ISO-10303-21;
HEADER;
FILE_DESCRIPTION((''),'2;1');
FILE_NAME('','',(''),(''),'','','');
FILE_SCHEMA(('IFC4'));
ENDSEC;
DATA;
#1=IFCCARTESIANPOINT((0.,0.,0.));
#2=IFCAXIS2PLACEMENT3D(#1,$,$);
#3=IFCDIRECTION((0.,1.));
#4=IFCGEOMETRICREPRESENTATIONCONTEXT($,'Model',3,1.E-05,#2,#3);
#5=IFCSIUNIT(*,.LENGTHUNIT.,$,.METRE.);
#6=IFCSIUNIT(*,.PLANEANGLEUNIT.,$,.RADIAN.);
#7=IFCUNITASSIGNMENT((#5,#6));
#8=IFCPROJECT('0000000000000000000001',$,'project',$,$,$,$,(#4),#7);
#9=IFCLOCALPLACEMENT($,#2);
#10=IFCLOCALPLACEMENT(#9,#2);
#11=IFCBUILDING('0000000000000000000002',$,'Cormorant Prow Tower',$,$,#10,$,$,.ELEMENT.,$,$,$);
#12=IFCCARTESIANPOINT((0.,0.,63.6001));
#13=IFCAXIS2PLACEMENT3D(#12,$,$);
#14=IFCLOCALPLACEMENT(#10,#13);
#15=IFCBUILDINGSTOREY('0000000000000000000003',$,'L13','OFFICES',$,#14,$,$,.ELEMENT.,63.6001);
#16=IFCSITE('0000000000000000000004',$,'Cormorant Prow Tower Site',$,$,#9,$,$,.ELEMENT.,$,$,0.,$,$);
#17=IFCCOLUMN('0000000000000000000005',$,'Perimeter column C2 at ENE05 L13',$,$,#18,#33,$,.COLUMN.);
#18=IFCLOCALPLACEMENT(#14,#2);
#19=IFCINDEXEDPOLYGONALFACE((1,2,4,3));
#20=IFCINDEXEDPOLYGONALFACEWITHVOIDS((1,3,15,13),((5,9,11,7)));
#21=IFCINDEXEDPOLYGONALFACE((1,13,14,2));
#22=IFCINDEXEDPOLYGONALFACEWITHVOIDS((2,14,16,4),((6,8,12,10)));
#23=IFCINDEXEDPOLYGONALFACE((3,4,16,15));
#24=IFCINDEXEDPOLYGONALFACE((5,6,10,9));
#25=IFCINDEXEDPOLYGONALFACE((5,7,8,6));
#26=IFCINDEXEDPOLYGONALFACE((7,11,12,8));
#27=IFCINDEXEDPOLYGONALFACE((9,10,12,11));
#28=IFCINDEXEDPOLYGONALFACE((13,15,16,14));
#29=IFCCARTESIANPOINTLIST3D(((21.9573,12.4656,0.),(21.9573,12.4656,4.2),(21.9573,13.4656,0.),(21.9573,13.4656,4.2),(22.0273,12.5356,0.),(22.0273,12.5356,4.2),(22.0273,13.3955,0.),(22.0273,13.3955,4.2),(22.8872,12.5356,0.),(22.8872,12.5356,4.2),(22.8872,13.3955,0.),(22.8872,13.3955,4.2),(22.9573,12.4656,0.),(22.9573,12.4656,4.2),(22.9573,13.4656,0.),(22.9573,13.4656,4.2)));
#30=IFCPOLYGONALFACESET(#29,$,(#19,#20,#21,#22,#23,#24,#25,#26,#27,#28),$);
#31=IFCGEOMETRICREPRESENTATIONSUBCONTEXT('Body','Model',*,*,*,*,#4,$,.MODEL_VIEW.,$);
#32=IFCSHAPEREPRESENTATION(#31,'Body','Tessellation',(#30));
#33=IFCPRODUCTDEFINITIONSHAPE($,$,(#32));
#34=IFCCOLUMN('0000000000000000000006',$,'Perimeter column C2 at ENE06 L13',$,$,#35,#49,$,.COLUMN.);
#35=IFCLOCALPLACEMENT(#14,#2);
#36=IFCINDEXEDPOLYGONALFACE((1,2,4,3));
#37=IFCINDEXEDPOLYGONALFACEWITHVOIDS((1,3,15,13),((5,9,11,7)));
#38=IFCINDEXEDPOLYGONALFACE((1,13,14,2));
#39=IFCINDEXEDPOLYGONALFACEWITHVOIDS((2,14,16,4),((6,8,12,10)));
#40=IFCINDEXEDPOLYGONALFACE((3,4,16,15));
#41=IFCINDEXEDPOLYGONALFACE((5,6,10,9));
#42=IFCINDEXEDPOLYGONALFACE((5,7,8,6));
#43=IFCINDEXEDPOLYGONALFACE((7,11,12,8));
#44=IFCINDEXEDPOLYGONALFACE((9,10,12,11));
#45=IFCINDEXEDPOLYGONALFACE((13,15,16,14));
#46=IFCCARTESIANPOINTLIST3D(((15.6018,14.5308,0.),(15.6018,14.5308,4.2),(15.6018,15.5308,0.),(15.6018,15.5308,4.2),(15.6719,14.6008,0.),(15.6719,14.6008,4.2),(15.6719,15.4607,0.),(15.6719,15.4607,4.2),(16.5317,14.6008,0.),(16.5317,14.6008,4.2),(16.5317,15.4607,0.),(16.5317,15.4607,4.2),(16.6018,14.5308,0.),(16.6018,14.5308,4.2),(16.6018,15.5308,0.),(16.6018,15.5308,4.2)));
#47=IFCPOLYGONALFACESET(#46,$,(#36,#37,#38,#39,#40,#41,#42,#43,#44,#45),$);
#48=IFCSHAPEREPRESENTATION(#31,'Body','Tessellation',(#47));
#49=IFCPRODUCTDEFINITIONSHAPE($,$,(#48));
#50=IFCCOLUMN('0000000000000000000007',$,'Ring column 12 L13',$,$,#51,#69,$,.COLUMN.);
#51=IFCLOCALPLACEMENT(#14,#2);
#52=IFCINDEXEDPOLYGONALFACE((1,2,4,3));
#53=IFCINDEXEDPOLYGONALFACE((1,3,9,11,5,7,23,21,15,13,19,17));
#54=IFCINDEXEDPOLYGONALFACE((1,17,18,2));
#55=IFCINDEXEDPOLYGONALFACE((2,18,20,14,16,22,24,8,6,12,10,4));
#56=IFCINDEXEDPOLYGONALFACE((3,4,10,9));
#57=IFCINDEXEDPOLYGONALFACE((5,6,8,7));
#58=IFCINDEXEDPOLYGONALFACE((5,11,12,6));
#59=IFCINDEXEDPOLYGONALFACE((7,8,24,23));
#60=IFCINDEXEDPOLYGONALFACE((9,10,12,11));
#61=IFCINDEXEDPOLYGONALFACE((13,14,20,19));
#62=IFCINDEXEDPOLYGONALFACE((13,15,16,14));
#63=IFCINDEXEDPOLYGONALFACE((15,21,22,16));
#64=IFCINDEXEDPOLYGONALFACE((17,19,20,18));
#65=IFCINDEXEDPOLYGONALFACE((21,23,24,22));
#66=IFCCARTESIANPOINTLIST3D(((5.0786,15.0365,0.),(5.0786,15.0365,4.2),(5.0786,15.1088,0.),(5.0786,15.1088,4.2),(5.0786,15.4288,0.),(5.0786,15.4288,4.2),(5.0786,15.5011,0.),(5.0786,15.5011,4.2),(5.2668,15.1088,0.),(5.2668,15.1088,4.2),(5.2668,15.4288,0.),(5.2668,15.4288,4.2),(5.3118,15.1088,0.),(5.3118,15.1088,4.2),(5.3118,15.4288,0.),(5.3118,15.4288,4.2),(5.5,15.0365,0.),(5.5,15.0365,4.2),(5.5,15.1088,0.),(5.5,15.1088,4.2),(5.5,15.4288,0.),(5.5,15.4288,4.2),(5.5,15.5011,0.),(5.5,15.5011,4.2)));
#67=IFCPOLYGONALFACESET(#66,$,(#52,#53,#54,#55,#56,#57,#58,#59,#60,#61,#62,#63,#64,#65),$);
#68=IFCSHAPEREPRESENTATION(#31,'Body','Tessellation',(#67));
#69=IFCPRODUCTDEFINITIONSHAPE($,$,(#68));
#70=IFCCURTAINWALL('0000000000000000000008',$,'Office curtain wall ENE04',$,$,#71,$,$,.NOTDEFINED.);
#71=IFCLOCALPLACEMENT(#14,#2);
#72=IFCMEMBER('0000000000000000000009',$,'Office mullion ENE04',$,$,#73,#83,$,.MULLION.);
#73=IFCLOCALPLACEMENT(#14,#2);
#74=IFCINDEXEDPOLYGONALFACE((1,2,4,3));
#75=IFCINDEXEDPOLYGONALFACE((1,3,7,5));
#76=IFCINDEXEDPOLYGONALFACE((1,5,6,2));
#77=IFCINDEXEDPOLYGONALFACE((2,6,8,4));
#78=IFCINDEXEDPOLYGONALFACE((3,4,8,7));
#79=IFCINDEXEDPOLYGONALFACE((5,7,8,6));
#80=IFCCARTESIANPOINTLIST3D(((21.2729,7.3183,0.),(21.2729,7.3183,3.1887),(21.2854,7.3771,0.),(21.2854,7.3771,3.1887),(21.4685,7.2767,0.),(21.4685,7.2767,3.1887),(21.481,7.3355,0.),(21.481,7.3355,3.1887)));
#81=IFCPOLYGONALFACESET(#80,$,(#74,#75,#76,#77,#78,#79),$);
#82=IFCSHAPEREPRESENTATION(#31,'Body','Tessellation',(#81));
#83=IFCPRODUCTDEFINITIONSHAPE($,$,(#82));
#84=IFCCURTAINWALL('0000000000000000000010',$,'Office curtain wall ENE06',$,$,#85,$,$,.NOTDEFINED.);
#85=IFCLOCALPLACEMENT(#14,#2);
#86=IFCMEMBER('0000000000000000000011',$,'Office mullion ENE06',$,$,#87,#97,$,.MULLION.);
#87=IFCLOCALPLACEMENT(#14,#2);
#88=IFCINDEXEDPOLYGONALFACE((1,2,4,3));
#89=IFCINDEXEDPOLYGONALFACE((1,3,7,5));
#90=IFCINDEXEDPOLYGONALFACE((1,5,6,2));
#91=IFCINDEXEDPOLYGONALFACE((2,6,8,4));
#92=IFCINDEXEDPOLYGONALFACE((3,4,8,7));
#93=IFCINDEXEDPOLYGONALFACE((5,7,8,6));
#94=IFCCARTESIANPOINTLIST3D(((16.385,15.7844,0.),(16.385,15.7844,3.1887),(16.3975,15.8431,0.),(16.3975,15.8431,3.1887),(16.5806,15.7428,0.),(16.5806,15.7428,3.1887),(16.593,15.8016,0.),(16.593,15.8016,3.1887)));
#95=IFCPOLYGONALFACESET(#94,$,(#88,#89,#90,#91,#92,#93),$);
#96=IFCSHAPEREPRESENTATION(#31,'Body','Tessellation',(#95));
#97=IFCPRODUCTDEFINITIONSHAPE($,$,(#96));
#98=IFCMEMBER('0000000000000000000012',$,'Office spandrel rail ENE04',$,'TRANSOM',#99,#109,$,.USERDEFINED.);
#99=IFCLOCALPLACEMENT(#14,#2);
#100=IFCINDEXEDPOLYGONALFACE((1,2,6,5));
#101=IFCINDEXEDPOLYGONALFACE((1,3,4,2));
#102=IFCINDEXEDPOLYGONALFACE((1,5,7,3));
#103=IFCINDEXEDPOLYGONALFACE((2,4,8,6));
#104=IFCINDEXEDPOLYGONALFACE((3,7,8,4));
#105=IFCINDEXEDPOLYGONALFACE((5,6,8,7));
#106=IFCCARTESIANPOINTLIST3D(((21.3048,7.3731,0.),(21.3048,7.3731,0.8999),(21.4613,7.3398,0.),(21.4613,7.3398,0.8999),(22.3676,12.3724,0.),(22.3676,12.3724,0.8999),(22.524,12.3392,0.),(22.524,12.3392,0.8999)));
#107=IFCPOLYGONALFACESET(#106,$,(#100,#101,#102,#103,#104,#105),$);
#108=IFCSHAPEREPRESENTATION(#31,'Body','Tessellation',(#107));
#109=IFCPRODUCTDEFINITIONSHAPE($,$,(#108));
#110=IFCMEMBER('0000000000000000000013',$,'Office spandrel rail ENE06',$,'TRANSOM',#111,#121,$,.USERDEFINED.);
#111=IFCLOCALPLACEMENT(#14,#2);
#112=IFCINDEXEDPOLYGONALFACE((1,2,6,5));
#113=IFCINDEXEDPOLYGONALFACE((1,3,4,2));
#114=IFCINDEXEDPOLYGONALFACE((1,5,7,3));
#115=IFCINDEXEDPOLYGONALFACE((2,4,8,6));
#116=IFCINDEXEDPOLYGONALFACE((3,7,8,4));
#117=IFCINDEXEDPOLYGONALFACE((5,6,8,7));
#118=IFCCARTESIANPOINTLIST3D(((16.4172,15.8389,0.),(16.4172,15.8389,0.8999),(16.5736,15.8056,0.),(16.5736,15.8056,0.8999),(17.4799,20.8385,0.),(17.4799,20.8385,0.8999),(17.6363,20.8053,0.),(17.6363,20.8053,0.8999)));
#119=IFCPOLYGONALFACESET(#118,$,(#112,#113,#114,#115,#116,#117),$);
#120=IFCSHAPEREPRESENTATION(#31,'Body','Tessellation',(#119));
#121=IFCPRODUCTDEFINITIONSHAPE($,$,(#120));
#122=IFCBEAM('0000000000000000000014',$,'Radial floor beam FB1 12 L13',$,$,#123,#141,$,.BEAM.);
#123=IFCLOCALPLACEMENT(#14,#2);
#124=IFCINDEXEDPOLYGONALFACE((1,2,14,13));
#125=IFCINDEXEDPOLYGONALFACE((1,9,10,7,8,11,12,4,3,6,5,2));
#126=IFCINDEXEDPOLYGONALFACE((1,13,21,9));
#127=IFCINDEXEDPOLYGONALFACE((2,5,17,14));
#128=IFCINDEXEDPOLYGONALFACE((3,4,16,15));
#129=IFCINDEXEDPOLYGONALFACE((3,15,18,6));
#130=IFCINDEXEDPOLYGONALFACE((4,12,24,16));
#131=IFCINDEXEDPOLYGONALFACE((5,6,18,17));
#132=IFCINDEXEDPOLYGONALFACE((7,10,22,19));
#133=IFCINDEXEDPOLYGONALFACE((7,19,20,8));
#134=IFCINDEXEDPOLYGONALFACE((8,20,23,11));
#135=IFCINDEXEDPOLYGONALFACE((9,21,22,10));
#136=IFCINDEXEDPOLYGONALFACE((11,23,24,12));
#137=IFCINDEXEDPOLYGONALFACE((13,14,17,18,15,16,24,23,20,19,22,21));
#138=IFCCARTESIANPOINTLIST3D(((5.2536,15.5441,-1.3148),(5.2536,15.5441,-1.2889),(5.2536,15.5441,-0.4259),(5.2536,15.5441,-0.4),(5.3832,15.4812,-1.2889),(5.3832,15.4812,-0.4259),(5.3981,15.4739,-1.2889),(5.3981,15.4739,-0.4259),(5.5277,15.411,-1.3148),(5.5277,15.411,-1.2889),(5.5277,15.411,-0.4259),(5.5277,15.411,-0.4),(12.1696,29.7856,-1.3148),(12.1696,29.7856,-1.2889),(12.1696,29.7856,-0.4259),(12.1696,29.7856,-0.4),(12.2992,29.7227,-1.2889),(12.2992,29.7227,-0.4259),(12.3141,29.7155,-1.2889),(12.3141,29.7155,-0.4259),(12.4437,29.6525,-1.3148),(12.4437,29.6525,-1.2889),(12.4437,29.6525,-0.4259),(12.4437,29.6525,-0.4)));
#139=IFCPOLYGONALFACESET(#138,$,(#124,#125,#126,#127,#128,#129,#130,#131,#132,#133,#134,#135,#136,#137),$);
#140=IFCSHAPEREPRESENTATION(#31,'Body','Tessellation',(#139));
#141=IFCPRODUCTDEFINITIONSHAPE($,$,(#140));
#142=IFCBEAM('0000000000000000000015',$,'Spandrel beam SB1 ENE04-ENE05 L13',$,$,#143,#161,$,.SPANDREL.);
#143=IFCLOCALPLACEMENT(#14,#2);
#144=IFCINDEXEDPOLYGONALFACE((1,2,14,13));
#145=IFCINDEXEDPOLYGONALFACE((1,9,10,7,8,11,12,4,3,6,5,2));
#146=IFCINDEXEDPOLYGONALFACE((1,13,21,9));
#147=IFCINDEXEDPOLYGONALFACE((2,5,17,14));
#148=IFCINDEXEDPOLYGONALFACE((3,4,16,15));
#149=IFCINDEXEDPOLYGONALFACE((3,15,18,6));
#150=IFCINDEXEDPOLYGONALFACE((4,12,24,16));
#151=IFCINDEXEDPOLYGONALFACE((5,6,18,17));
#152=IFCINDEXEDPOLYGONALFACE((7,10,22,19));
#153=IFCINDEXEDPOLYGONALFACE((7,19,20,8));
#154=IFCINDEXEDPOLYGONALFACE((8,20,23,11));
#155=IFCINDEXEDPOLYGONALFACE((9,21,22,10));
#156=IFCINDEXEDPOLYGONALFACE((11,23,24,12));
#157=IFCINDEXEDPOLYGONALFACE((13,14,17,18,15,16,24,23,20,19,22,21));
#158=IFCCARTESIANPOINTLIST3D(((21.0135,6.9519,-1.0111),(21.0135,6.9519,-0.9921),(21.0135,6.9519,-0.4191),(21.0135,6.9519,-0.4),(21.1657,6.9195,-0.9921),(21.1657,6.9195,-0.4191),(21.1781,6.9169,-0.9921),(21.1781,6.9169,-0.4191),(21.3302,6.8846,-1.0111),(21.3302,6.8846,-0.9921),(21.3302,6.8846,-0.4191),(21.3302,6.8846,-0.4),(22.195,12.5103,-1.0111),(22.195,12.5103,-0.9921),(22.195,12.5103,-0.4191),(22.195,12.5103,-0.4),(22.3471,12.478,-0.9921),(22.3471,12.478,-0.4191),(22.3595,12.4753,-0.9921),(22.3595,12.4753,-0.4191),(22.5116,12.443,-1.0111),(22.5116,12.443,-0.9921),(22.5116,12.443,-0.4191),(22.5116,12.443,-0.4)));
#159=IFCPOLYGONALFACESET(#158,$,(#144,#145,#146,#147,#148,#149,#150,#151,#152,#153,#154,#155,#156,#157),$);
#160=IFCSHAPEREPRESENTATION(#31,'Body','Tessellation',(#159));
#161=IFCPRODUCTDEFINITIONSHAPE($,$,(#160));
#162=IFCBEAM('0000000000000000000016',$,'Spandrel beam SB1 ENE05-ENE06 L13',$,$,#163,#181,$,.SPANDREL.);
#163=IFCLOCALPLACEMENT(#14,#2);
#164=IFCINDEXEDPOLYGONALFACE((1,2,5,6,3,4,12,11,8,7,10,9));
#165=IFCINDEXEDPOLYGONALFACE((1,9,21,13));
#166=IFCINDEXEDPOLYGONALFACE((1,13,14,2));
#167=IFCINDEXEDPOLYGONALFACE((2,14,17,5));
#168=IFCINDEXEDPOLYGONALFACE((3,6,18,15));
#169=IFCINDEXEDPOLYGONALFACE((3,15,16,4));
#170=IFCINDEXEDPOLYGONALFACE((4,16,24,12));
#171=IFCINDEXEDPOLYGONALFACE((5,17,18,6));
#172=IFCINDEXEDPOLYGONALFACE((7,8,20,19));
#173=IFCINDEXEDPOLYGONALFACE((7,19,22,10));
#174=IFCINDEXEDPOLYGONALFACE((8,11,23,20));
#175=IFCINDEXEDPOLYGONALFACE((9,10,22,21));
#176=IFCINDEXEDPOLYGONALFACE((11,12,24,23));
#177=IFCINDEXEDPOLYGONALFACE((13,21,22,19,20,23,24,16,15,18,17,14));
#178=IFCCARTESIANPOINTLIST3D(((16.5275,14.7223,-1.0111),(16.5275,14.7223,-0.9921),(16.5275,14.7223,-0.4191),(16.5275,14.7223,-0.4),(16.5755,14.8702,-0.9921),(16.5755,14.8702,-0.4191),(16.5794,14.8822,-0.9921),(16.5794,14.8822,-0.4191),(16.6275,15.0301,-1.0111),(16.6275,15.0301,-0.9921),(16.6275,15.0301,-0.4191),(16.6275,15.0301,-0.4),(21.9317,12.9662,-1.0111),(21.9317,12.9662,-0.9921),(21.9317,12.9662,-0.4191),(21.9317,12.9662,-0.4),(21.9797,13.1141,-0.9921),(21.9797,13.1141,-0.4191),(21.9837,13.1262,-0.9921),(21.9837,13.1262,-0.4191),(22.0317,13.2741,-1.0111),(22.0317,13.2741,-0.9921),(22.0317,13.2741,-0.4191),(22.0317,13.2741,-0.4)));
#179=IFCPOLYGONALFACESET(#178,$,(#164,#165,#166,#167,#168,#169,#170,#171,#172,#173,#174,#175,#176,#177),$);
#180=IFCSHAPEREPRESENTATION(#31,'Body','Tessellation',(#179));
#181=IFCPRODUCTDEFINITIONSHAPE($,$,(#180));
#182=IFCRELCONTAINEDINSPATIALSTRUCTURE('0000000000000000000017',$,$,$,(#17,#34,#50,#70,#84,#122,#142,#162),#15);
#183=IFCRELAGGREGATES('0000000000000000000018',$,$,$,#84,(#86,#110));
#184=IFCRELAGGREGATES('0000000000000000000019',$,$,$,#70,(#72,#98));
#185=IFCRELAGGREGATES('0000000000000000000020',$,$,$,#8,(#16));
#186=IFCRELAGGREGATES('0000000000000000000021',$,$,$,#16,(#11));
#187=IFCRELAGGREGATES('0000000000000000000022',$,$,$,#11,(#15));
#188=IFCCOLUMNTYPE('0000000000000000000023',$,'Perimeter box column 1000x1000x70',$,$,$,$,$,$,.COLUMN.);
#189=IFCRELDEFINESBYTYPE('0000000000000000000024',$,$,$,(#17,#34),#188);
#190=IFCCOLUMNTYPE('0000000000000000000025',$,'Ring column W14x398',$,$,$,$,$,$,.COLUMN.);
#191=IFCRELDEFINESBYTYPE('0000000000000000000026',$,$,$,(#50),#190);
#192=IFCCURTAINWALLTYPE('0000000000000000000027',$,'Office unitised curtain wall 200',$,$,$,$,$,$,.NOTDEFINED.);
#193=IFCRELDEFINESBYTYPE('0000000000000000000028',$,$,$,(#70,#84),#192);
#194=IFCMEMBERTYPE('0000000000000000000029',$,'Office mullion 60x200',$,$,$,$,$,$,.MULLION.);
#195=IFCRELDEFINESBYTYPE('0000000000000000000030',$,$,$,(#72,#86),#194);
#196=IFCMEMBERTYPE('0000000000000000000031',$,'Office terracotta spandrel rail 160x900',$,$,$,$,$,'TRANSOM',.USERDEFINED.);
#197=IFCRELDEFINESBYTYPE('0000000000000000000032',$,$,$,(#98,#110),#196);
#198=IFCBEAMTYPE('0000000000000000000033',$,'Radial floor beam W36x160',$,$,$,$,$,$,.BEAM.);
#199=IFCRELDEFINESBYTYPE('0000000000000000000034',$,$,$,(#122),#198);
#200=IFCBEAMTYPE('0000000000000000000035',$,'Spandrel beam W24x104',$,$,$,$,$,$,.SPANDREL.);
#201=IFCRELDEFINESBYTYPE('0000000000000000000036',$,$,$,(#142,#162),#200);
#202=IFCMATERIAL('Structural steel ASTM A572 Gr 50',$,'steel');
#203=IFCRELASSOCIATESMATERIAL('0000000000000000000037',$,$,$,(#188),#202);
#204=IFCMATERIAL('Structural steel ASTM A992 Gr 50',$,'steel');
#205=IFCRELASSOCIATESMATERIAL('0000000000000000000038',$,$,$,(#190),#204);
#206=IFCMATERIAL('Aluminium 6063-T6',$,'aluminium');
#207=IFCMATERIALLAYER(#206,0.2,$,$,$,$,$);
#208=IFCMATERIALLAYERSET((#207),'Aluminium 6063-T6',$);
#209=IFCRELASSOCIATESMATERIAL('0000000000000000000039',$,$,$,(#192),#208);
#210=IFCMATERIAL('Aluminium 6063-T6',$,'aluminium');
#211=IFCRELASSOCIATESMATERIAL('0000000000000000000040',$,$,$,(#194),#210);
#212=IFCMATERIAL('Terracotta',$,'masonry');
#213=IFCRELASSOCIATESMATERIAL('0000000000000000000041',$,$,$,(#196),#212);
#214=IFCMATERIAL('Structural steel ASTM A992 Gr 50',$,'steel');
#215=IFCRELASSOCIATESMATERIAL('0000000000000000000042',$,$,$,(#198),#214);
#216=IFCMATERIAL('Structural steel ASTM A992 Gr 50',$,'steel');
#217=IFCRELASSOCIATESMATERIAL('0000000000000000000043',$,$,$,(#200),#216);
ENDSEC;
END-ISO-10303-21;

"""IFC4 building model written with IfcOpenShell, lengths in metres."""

from ifc_helpers import new_model, si_unit, direction, frame, origin, origin_2d, place, context, subcontext, project, spatial, rectangle, hollow_rectangle, i_section, extrude, material, layer, layer_set, material_profile, profile_set, type_object, element, aggregate, save


model = new_model("IFC4")

# Units and contexts
model_context = context("Model", 3, precision=1e-05, world=origin(), true_north=direction((0.0, 1.0)))
body_context = subcontext(model_context, "Body", "Model", "MODEL_VIEW")
ifc_project = project(units=[si_unit("LENGTHUNIT", "METRE"), si_unit("PLANEANGLEUNIT", "RADIAN")], contexts=[model_context])

# Site, building, storey
site_placement = place(None, origin())
site = spatial("IfcSite", under=ifc_project, at=site_placement, Name="Cormorant Prow Tower Site", CompositionType="ELEMENT", RefElevation=0.0)
building_placement = place(site_placement, origin())
building = spatial("IfcBuilding", under=site, at=building_placement, Name="Cormorant Prow Tower", CompositionType="ELEMENT")
storey_placement = place(building_placement, frame((0.0, 0.0, 63.6001)))
storey = spatial("IfcBuildingStorey", under=building, at=storey_placement, Name="L13", Description="OFFICES", CompositionType="ELEMENT", Elevation=63.6001)

# Columns
ifc_material_1 = material(Name="Structural steel ASTM A572 Gr 50", Category="steel")
ifc_material_profile_1 = material_profile(ifc_material_1, hollow_rectangle(XDim=1.0, YDim=1.0, WallThickness=0.0701, at=origin_2d()), Name="Box 1000x1000x70")
ifc_profile_set_1 = profile_set([ifc_material_profile_1], Name="Structural steel ASTM A572 Gr 50")
column_type_1 = type_object("IfcColumnType", Name="Perimeter box column 1000x1000x70", PredefinedType="COLUMN", material=ifc_profile_set_1)
for number, where, z_axis, x_axis, name in (
    (1, (22.4573, 12.9656, 0.0), (0.0, 0.0, 1.0), (1.0, 0.0, 0.0), "Perimeter column C2 at ENE05 L13"),
    (2, (16.1018, 15.0308, 0.0), (0.0, 0.0, 1.0), (1.0, 0.0, 0.0), "Perimeter column C2 at ENE06 L13"),
):
    element("IfcColumn", number, at=place(storey_placement, frame(where, z_axis=z_axis, x_axis=x_axis)), inside=storey, type_object=column_type_1, Name=name, PredefinedType="COLUMN", context=body_context, shape_type="SweptSolid", body=[
        extrude(hollow_rectangle(XDim=1.0, YDim=1.0, WallThickness=0.0701, at=origin_2d()), origin(), (0.0, 0.0, 1.0), 4.2),
    ])
ifc_material_2 = material(Name="Structural steel ASTM A992 Gr 50", Category="steel")
ifc_material_profile_2 = material_profile(ifc_material_2, i_section(OverallWidth=0.4214, OverallDepth=0.4646, WebThickness=0.0449, FlangeThickness=0.0723, at=origin_2d()), Name="W14x398")
ifc_profile_set_2 = profile_set([ifc_material_profile_2], Name="Structural steel ASTM A992 Gr 50")
column_type_2 = type_object("IfcColumnType", Name="Ring column W14x398", PredefinedType="COLUMN", material=ifc_profile_set_2)
column_placement = place(storey_placement, frame((5.2893, 15.2688, 0.0), z_axis=(0.0, 0.0, 1.0), x_axis=(1.0, 0.0, 0.0)))
element("IfcColumn", 3, at=column_placement, inside=storey, type_object=column_type_2, Name="Ring column 12 L13", PredefinedType="COLUMN", context=body_context, shape_type="SweptSolid", body=[
    extrude(i_section(OverallWidth=0.4214, OverallDepth=0.4646, WebThickness=0.0449, FlangeThickness=0.0723, at=origin_2d()), origin(), (0.0, 0.0, 1.0), 4.2),
])

# Curtain walls, members
ifc_material_3 = material(Name="Aluminium 6063-T6", Category="aluminium")
ifc_layer_1 = layer(ifc_material_3, 0.2)
ifc_layer_set_1 = layer_set([ifc_layer_1], Name="Aluminium 6063-T6")
curtain_wall_type = type_object("IfcCurtainWallType", Name="Office unitised curtain wall 200", PredefinedType="NOTDEFINED", material=ifc_layer_set_1)
curtain_wall_1_placement = place(storey_placement, origin())
curtain_wall_1 = element("IfcCurtainWall", 4, at=curtain_wall_1_placement, inside=storey, type_object=curtain_wall_type, Name="Office curtain wall ENE04", PredefinedType="NOTDEFINED")
ifc_material_4 = material(Name="Aluminium 6063-T6", Category="aluminium")
ifc_material_profile_3 = material_profile(ifc_material_4, rectangle(XDim=0.2, YDim=0.0601, at=origin_2d()), Name="Office mullion 60x200")
ifc_profile_set_3 = profile_set([ifc_material_profile_3], Name="Aluminium 6063-T6")
member_type_1 = type_object("IfcMemberType", Name="Office mullion 60x200", PredefinedType="MULLION", material=ifc_profile_set_3)
member_1_placement = place(storey_placement, frame((21.377, 7.3269, 0.0), z_axis=(0.0, 0.0, 1.0), x_axis=(-0.978148, 0.207912, 0.0)))
member_1 = element("IfcMember", 5, at=member_1_placement, type_object=member_type_1, Name="Office mullion ENE04", PredefinedType="MULLION", context=body_context, shape_type="SweptSolid", body=[
    extrude(rectangle(XDim=0.2, YDim=0.0601, at=origin_2d()), origin(), (0.0, 0.0, 1.0), 3.1887),
])
curtain_wall_2_placement = place(storey_placement, origin())
curtain_wall_2 = element("IfcCurtainWall", 6, at=curtain_wall_2_placement, inside=storey, type_object=curtain_wall_type, Name="Office curtain wall ENE06", PredefinedType="NOTDEFINED")
member_2_placement = place(storey_placement, frame((16.489, 15.793, 0.0), z_axis=(0.0, 0.0, 1.0), x_axis=(-0.978148, 0.207912, 0.0)))
member_2 = element("IfcMember", 7, at=member_2_placement, type_object=member_type_1, Name="Office mullion ENE06", PredefinedType="MULLION", context=body_context, shape_type="SweptSolid", body=[
    extrude(rectangle(XDim=0.2, YDim=0.0601, at=origin_2d()), origin(), (0.0, 0.0, 1.0), 3.1887),
])

# Members
ifc_material_5 = material(Name="Terracotta", Category="masonry")
ifc_material_profile_4 = material_profile(ifc_material_5, rectangle(XDim=0.1599, YDim=0.8999, at=origin_2d()), Name="Office terracotta spandrel rail 160x900")
ifc_profile_set_4 = profile_set([ifc_material_profile_4], Name="Terracotta")
member_type_2 = type_object("IfcMemberType", Name="Office terracotta spandrel rail 160x900", ElementType="TRANSOM", PredefinedType="USERDEFINED", material=ifc_profile_set_4)
member_3_placement = place(storey_placement, frame((21.3831, 7.3564, 0.45), z_axis=(0.207934, 0.978143, 0.0), x_axis=(-0.978143, 0.207934, 0.0)))
member_3 = element("IfcMember", 8, at=member_3_placement, type_object=member_type_2, Name="Office spandrel rail ENE04", ObjectType="TRANSOM", PredefinedType="USERDEFINED", context=body_context, shape_type="SweptSolid", body=[
    extrude(rectangle(XDim=0.1599, YDim=0.8999, at=origin_2d()), origin(), (0.0, 0.0, 1.0), 5.1111),
])
member_4_placement = place(storey_placement, frame((16.4954, 15.8223, 0.45), z_axis=(0.207924, 0.978145, 0.0), x_axis=(-0.978145, 0.207924, 0.0)))
member_4 = element("IfcMember", 9, at=member_4_placement, type_object=member_type_2, Name="Office spandrel rail ENE06", ObjectType="TRANSOM", PredefinedType="USERDEFINED", context=body_context, shape_type="SweptSolid", body=[
    extrude(rectangle(XDim=0.1599, YDim=0.8999, at=origin_2d()), origin(), (0.0, 0.0, 1.0), 5.1113),
])
aggregate(curtain_wall_2, [member_2, member_4])

# Beams
ifc_material_6 = material(Name="Structural steel ASTM A992 Gr 50", Category="steel")
ifc_material_profile_5 = material_profile(ifc_material_6, i_section(OverallWidth=0.3047, OverallDepth=0.9148, WebThickness=0.0166, FlangeThickness=0.0259, at=origin_2d()), Name="W36x160")
ifc_profile_set_5 = profile_set([ifc_material_profile_5], Name="Structural steel ASTM A992 Gr 50")
beam_type_1 = type_object("IfcBeamType", Name="Radial floor beam W36x160", PredefinedType="BEAM", material=ifc_profile_set_5)
beam_1_placement = place(storey_placement, frame((5.3906, 15.4775, -0.8574), z_axis=(0.436839, 0.899539, 0.0), x_axis=(-0.899539, 0.436839, 0.0)))
element("IfcBeam", 10, at=beam_1_placement, inside=storey, type_object=beam_type_1, Name="Radial floor beam FB1 12 L13", PredefinedType="BEAM", context=body_context, shape_type="SweptSolid", body=[
    extrude(i_section(OverallWidth=0.3047, OverallDepth=0.9148, WebThickness=0.0166, FlangeThickness=0.0259, at=origin_2d()), origin(), (0.0, 0.0, 1.0), 15.832),
])
ifc_material_7 = material(Name="Structural steel ASTM A992 Gr 50", Category="steel")
ifc_material_profile_6 = material_profile(ifc_material_7, i_section(OverallWidth=0.3237, OverallDepth=0.6111, WebThickness=0.0127, FlangeThickness=0.019, at=origin_2d()), Name="W24x104")
ifc_profile_set_6 = profile_set([ifc_material_profile_6], Name="Structural steel ASTM A992 Gr 50")
beam_type_2 = type_object("IfcBeamType", Name="Spandrel beam W24x104", PredefinedType="SPANDREL", material=ifc_profile_set_6)
beam_2_placement = place(storey_placement, frame((21.1719, 6.9182, -0.7056), z_axis=(0.2079, 0.97815, 0.0), x_axis=(-0.97815, 0.2079, 0.0)))
element("IfcBeam", 11, at=beam_2_placement, inside=storey, type_object=beam_type_2, Name="Spandrel beam SB1 ENE04-ENE05 L13", PredefinedType="SPANDREL", context=body_context, shape_type="SweptSolid", body=[
    extrude(i_section(OverallWidth=0.3237, OverallDepth=0.6111, WebThickness=0.0127, FlangeThickness=0.019, at=origin_2d()), origin(), (0.0, 0.0, 1.0), 5.6826),
])
beam_3_placement = place(storey_placement, frame((21.9817, 13.1201, -0.7056), z_axis=(-0.951049, 0.309039, 0.0), x_axis=(-0.309039, -0.951049, 0.0)))
element("IfcBeam", 12, at=beam_3_placement, inside=storey, type_object=beam_type_2, Name="Spandrel beam SB1 ENE05-ENE06 L13", PredefinedType="SPANDREL", context=body_context, shape_type="SweptSolid", body=[
    extrude(i_section(OverallWidth=0.3237, OverallDepth=0.6111, WebThickness=0.0127, FlangeThickness=0.019, at=origin_2d()), origin(), (0.0, 0.0, 1.0), 5.6824),
])

aggregate(curtain_wall_1, [member_1, member_3])

save(model, "model.ifc")
